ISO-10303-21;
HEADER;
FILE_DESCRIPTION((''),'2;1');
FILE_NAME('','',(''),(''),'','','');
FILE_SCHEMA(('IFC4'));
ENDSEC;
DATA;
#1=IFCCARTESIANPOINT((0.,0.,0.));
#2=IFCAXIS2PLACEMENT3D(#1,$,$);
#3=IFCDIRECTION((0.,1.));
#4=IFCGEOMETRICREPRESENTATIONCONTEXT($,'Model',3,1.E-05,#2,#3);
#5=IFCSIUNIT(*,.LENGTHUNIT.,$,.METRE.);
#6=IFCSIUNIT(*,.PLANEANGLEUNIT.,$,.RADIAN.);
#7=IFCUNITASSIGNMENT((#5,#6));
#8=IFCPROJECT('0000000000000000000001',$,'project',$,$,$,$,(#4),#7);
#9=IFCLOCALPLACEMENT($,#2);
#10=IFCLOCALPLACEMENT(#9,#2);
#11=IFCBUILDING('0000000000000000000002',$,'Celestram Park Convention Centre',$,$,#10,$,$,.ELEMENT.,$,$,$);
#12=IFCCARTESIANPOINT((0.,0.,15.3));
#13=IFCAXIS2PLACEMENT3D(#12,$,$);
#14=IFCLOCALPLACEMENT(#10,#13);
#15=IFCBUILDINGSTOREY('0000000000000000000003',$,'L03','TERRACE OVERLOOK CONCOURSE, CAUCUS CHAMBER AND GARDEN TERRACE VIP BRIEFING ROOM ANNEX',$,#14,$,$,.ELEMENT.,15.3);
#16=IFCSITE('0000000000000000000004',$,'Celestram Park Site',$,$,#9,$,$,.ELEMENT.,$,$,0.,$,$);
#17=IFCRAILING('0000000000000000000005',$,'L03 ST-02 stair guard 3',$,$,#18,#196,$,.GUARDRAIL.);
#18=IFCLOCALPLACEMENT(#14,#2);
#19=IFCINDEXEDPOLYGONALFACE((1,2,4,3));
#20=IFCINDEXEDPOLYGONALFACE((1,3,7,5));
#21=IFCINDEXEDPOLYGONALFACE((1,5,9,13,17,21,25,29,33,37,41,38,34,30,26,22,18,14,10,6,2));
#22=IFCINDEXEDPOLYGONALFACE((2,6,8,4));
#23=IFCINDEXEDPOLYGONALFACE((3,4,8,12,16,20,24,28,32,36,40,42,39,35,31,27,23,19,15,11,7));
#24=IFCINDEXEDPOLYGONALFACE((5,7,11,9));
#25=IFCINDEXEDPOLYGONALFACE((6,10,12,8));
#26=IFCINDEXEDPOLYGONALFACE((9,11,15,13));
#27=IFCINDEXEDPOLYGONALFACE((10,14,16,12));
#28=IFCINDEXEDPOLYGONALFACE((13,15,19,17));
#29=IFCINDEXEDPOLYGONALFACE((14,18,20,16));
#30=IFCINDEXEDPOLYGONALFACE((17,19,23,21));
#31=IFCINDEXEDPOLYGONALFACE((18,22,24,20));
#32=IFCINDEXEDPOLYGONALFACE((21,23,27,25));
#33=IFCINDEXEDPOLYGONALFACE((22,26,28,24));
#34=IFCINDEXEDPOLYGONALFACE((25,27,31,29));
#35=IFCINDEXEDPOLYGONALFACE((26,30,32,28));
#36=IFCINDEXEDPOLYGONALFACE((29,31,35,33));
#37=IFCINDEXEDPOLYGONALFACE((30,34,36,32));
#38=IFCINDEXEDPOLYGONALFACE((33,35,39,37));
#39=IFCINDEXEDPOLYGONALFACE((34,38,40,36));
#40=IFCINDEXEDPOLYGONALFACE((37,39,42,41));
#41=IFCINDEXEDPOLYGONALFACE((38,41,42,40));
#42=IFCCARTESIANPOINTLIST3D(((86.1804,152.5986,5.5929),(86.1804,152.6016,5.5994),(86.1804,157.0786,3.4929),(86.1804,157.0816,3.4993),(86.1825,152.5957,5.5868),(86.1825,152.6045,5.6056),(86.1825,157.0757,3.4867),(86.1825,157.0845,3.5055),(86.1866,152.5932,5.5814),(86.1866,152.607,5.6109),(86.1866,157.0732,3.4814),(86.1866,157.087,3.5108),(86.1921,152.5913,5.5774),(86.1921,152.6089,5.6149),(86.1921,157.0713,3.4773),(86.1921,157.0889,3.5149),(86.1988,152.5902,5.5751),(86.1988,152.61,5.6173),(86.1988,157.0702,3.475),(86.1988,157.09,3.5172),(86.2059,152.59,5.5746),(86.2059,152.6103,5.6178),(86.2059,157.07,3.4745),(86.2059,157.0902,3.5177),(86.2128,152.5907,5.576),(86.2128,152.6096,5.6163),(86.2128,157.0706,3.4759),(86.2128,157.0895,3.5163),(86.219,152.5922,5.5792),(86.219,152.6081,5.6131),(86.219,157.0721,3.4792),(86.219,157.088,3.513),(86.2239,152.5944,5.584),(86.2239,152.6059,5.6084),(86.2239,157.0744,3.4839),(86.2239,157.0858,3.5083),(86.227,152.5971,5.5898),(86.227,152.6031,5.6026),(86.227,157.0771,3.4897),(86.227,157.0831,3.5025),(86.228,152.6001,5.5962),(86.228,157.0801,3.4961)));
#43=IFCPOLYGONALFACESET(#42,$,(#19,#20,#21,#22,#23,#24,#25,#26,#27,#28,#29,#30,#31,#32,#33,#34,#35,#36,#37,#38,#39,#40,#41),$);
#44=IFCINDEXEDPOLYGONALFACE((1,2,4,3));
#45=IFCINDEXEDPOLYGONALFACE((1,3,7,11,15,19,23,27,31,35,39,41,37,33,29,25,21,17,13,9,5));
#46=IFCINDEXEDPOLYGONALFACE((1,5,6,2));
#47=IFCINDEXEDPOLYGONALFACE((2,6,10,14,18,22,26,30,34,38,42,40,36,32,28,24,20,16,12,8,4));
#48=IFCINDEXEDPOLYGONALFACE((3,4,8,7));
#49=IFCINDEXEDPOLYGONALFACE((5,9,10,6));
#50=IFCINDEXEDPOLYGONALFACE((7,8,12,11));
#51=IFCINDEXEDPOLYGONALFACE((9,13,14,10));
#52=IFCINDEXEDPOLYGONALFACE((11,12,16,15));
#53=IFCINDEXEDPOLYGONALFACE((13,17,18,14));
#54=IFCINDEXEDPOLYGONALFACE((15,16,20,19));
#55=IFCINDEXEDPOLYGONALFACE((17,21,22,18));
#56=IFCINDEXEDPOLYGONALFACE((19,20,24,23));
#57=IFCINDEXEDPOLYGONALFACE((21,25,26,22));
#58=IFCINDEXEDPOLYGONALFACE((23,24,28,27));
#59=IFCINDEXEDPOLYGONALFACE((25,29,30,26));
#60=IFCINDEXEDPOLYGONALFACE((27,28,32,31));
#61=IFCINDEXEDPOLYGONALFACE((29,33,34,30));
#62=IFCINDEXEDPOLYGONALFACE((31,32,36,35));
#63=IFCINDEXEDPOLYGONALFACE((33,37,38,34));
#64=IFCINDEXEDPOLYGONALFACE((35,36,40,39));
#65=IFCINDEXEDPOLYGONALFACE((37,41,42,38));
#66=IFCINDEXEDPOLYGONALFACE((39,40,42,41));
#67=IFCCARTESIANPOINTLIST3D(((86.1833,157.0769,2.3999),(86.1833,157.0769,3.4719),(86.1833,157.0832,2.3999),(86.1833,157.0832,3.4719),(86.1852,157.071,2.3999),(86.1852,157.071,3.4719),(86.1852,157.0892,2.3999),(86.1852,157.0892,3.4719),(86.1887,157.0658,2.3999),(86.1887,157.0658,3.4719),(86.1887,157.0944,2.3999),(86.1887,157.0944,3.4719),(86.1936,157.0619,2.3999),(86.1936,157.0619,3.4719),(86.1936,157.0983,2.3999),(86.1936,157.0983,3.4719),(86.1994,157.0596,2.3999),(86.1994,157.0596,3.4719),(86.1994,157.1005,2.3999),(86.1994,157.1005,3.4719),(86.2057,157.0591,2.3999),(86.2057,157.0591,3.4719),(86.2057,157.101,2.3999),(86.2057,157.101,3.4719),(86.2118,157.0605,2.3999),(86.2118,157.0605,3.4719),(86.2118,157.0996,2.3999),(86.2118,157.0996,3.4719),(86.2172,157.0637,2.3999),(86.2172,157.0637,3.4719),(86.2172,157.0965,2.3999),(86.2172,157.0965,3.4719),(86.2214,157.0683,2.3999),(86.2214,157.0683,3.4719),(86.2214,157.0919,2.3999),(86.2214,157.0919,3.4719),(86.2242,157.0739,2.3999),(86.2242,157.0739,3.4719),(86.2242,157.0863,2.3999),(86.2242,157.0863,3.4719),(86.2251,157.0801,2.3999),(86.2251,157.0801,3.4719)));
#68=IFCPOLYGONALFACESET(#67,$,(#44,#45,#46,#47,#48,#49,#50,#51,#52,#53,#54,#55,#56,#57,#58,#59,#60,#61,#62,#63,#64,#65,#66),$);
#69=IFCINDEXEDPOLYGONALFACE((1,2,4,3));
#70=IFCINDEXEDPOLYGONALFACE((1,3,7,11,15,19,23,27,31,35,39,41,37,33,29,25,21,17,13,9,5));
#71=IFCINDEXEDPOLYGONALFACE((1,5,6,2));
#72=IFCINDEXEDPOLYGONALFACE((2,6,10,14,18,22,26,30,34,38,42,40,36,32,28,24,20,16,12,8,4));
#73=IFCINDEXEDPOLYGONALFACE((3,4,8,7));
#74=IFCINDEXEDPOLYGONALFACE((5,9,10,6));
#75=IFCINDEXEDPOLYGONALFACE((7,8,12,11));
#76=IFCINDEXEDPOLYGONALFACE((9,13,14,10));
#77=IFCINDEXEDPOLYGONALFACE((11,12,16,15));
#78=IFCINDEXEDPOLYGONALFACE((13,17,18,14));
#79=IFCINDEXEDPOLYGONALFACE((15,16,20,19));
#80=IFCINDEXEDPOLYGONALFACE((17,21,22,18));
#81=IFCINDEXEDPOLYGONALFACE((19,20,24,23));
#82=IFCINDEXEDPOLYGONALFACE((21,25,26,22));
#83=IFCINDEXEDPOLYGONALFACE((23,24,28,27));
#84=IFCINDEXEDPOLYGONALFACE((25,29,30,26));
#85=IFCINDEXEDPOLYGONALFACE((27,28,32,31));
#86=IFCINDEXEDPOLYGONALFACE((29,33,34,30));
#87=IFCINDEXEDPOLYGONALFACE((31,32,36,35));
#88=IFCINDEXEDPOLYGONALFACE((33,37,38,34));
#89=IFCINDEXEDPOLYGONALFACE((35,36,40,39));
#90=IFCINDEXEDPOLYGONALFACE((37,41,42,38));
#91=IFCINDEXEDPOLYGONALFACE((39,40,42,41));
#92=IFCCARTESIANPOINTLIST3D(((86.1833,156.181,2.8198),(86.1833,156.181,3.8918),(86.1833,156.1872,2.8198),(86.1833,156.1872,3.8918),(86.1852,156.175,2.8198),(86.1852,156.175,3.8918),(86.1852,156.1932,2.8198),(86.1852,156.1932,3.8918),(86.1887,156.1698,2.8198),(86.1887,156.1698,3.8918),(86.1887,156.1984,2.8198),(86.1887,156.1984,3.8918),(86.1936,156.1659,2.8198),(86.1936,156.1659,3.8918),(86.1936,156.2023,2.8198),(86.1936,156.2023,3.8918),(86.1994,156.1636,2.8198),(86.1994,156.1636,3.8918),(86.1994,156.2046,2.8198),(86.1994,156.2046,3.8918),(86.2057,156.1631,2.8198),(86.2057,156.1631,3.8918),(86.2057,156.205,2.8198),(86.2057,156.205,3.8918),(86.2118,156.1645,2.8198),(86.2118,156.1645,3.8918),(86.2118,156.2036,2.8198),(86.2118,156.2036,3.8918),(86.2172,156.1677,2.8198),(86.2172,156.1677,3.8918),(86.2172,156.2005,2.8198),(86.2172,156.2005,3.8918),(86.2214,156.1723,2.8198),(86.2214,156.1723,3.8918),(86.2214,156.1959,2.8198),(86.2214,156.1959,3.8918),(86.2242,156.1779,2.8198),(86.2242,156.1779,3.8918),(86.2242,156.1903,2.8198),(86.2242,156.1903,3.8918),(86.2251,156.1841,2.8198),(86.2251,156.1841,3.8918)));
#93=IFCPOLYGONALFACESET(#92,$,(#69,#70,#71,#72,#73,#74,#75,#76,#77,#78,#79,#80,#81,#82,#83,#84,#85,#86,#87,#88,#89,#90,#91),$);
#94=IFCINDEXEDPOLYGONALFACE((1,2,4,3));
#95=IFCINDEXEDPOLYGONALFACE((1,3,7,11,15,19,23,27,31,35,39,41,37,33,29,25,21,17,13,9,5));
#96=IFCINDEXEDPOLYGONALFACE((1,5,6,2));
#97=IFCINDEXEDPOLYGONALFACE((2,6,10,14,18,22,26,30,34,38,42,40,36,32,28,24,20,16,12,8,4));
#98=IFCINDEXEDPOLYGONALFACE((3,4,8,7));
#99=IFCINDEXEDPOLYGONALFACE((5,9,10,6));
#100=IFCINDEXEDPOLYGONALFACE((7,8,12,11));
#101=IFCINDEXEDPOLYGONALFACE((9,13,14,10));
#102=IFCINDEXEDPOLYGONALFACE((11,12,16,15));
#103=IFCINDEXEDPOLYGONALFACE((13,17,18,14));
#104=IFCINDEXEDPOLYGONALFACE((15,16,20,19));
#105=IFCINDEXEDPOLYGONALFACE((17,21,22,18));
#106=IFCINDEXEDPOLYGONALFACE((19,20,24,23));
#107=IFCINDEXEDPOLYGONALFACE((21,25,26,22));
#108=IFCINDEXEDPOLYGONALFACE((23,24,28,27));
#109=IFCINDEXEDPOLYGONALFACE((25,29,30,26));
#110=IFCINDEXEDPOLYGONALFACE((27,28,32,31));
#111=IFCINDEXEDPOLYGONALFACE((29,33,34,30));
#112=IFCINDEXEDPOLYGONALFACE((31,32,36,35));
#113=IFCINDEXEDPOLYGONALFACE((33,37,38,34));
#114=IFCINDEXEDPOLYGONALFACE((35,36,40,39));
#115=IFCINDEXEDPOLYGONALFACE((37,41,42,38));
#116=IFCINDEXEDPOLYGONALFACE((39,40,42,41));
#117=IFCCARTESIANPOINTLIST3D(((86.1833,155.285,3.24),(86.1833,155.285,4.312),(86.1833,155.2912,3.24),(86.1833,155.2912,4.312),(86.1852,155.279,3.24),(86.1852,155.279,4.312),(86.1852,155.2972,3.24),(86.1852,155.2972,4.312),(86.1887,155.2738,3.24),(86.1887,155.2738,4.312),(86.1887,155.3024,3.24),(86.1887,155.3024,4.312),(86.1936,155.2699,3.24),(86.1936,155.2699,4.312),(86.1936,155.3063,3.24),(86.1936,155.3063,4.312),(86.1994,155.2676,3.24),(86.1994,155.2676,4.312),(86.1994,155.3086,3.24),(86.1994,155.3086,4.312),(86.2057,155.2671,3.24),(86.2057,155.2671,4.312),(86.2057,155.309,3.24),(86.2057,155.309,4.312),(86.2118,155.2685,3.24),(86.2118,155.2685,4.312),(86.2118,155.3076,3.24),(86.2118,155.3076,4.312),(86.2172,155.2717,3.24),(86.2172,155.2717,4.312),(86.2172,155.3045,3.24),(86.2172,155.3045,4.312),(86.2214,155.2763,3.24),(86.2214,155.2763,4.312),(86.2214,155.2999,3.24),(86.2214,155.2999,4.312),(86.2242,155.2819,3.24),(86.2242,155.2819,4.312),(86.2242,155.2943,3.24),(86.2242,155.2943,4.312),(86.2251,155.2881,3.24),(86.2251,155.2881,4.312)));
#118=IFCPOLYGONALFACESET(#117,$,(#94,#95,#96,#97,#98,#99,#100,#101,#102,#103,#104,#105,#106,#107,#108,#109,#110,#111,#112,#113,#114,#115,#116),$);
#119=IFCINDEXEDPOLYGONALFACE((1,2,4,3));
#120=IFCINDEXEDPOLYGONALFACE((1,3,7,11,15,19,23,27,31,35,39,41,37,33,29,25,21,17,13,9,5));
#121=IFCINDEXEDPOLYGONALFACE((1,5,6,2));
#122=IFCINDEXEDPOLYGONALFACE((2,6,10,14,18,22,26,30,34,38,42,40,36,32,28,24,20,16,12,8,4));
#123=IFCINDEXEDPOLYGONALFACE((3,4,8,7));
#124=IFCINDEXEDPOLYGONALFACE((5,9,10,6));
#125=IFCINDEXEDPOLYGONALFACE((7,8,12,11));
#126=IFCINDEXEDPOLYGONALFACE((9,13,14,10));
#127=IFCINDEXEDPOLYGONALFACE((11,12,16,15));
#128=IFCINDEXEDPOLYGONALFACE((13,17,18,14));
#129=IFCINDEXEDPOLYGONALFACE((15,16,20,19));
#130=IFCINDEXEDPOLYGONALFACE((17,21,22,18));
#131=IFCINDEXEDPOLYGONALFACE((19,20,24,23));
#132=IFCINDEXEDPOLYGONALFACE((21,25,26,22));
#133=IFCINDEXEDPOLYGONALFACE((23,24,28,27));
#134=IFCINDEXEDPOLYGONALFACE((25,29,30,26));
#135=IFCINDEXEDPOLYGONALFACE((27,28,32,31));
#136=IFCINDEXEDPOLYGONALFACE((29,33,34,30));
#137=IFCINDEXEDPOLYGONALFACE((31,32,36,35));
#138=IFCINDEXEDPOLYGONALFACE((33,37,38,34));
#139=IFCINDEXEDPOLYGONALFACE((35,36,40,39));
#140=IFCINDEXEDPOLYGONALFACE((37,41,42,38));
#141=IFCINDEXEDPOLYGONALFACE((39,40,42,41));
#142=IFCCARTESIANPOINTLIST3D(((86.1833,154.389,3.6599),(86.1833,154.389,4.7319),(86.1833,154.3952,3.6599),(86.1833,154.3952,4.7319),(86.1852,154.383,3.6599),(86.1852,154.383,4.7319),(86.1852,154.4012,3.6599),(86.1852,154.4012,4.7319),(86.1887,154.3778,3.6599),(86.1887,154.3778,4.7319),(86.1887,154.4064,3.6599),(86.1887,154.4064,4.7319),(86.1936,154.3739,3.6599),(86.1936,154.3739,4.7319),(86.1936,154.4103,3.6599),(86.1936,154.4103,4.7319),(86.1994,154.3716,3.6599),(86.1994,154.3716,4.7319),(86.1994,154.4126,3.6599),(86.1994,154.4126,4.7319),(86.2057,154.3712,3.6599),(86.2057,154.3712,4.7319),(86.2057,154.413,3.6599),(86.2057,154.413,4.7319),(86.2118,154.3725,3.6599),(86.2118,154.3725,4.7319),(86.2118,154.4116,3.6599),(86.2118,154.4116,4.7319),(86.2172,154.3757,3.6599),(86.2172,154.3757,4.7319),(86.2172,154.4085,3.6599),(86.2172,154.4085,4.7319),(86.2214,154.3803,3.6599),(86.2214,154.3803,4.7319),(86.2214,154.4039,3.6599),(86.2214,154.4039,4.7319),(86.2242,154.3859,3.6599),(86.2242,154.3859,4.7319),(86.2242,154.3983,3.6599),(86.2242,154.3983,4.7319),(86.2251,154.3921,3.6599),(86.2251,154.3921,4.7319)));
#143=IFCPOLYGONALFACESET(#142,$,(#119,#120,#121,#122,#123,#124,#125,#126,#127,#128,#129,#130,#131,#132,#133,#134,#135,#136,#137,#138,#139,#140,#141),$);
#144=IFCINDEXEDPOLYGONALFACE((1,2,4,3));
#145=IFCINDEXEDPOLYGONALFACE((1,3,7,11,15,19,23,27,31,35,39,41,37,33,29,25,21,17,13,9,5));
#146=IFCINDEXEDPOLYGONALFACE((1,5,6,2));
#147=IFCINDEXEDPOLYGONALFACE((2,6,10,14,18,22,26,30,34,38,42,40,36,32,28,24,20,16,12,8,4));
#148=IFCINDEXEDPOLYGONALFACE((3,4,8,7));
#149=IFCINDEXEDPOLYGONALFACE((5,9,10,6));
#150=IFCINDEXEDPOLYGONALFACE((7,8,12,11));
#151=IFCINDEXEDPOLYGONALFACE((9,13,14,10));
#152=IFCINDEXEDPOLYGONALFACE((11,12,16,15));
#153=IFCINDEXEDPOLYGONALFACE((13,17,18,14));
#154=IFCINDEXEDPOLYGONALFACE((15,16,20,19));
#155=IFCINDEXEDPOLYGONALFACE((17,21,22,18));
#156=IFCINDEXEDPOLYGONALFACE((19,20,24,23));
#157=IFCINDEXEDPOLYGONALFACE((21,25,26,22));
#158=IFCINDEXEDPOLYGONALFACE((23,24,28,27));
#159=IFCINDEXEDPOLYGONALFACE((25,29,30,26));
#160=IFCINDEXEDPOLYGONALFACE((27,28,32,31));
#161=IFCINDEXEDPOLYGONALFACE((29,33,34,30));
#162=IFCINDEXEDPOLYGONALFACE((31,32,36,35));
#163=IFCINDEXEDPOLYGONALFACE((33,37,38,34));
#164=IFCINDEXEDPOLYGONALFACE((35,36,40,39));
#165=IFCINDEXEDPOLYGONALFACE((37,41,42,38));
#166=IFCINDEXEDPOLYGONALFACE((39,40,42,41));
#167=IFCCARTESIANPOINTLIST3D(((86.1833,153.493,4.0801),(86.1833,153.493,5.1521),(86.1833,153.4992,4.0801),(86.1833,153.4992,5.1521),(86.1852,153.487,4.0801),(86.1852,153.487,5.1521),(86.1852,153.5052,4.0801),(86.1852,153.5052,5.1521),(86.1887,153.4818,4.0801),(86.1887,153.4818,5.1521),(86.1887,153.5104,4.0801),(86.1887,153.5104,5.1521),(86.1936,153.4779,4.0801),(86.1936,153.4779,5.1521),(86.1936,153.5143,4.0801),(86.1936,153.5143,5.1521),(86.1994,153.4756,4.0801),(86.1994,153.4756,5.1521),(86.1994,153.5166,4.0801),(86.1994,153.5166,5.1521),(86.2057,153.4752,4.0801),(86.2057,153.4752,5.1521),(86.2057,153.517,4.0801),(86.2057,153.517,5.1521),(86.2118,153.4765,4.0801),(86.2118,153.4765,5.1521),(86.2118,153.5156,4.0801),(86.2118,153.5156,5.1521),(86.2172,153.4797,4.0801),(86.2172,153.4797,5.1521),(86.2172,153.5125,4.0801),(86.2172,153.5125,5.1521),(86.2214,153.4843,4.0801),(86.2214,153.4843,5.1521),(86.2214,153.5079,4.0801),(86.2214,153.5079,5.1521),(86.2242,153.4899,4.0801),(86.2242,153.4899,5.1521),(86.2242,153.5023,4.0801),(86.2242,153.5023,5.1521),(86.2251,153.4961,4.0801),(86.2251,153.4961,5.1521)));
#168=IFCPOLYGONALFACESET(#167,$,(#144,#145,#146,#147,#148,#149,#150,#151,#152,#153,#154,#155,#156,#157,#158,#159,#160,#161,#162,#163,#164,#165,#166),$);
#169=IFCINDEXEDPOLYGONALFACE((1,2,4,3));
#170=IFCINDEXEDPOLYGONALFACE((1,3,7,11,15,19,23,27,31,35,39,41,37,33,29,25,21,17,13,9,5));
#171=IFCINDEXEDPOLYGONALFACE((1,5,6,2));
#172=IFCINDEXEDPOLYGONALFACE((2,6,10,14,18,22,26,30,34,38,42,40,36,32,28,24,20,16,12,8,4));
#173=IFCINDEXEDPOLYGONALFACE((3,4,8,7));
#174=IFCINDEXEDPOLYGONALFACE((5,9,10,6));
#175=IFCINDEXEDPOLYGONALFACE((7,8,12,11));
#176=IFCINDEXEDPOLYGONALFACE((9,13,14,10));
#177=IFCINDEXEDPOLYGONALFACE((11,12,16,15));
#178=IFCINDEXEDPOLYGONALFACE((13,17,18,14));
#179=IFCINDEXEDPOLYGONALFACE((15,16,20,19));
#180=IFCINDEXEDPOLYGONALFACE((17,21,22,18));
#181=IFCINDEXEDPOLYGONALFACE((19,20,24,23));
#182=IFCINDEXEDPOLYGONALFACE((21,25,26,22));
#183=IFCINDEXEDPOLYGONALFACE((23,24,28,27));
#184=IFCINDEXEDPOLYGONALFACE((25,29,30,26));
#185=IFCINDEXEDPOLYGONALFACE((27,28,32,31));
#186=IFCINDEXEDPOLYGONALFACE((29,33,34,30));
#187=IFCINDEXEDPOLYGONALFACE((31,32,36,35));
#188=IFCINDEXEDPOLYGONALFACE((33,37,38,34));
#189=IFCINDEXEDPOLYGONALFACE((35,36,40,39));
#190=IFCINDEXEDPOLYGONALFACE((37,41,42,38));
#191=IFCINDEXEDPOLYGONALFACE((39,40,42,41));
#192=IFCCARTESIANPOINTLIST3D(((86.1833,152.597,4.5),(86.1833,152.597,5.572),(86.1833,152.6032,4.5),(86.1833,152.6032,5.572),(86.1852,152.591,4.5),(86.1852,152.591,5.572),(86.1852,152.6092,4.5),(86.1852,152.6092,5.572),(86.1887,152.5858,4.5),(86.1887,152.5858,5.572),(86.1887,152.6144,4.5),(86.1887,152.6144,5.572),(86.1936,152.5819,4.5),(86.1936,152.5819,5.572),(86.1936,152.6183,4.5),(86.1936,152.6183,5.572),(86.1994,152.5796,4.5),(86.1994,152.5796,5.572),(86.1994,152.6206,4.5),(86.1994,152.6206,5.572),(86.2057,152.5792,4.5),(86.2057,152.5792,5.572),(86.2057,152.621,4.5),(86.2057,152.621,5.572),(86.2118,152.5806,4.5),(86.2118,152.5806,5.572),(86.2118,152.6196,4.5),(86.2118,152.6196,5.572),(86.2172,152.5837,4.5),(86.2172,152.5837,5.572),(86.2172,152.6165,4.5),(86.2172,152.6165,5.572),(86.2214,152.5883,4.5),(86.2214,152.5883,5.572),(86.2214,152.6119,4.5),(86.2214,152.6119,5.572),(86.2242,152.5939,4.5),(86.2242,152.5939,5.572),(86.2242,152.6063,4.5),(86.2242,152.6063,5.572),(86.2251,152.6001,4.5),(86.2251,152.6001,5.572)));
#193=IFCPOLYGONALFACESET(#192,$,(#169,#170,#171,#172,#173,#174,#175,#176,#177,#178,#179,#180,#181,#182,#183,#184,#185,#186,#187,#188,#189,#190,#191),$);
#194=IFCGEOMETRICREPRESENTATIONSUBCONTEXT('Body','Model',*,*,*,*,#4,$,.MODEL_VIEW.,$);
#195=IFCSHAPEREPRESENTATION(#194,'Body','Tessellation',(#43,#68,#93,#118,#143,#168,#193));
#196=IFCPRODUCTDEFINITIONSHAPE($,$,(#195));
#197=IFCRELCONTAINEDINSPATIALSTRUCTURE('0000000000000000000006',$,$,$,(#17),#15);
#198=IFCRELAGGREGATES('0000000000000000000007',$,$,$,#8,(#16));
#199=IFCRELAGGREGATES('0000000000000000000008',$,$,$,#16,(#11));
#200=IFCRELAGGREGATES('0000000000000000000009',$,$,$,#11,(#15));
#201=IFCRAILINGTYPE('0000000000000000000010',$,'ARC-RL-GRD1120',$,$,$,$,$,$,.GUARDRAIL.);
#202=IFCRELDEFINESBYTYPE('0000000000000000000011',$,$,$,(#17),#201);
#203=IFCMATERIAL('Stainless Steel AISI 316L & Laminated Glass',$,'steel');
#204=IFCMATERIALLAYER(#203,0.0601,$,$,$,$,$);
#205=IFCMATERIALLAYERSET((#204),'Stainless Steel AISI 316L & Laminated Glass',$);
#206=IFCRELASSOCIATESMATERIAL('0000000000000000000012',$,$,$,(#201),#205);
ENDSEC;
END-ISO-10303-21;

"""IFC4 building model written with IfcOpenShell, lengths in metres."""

from ifc_helpers import new_model, si_unit, direction, frame, origin, origin_2d, place, context, subcontext, project, spatial, circle, extrude, material, layer, layer_set, type_object, element, save


model = new_model("IFC4")

# Units and contexts
model_context = context("Model", 3, precision=1e-05, world=origin(), true_north=direction((0.0, 1.0)))
body_context = subcontext(model_context, "Body", "Model", "MODEL_VIEW")
ifc_project = project(units=[si_unit("LENGTHUNIT", "METRE"), si_unit("PLANEANGLEUNIT", "RADIAN")], contexts=[model_context])

# Site, building, storey
site_placement = place(None, origin())
site = spatial("IfcSite", under=ifc_project, at=site_placement, Name="Celestram Park Site", CompositionType="ELEMENT", RefElevation=0.0)
building_placement = place(site_placement, origin())
building = spatial("IfcBuilding", under=site, at=building_placement, Name="Celestram Park Convention Centre", CompositionType="ELEMENT")
storey_placement = place(building_placement, frame((0.0, 0.0, 15.3)))
storey = spatial("IfcBuildingStorey", under=building, at=storey_placement, Name="L03", Description="TERRACE OVERLOOK CONCOURSE, CAUCUS CHAMBER AND GARDEN TERRACE VIP BRIEFING ROOM ANNEX", CompositionType="ELEMENT", Elevation=15.3)

# Railing
ifc_material_1 = material(Name="Stainless Steel AISI 316L & Laminated Glass", Category="steel")
ifc_layer_1 = layer(ifc_material_1, 0.0601)
ifc_layer_set_1 = layer_set([ifc_layer_1], Name="Stainless Steel AISI 316L & Laminated Glass")
railing_type_1 = type_object("IfcRailingType", Name="ARC-RL-GRD1120", PredefinedType="GUARDRAIL", material=ifc_layer_set_1)
railing_1_placement = place(storey_placement, frame((86.2041, 157.0801, 2.3999)))
element("IfcRailing", 1, at=railing_1_placement, inside=storey, type_object=railing_type_1, Name="L03 ST-02 stair guard 3", PredefinedType="GUARDRAIL", context=body_context, shape_type="SweptSolid", body=[
    extrude(circle(Radius=0.0239, at=origin_2d()), frame((0.0, 0.0, 1.0962), z_axis=(0.0, -0.905451, 0.424452), x_axis=(1.0, 0.0, 0.0)), (0.0, 0.0, 1.0), 4.9478),
    extrude(circle(Radius=0.021, at=origin_2d()), origin(), (0.0, 0.0, 1.0), 1.072),
    extrude(circle(Radius=0.021, at=origin_2d()), frame((0.0, -0.896, 0.4199)), (0.0, 0.0, 1.0), 1.072),
    extrude(circle(Radius=0.021, at=origin_2d()), frame((0.0, -1.792, 0.8401)), (0.0, 0.0, 1.0), 1.072),
    extrude(circle(Radius=0.021, at=origin_2d()), frame((0.0, -2.688, 1.26)), (0.0, 0.0, 1.0), 1.072),
    extrude(circle(Radius=0.021, at=origin_2d()), frame((0.0, -3.584, 1.6802)), (0.0, 0.0, 1.0), 1.072),
    extrude(circle(Radius=0.021, at=origin_2d()), frame((0.0, -4.48, 2.1001)), (0.0, 0.0, 1.0), 1.072),
])

save(model, "model.ifc")
